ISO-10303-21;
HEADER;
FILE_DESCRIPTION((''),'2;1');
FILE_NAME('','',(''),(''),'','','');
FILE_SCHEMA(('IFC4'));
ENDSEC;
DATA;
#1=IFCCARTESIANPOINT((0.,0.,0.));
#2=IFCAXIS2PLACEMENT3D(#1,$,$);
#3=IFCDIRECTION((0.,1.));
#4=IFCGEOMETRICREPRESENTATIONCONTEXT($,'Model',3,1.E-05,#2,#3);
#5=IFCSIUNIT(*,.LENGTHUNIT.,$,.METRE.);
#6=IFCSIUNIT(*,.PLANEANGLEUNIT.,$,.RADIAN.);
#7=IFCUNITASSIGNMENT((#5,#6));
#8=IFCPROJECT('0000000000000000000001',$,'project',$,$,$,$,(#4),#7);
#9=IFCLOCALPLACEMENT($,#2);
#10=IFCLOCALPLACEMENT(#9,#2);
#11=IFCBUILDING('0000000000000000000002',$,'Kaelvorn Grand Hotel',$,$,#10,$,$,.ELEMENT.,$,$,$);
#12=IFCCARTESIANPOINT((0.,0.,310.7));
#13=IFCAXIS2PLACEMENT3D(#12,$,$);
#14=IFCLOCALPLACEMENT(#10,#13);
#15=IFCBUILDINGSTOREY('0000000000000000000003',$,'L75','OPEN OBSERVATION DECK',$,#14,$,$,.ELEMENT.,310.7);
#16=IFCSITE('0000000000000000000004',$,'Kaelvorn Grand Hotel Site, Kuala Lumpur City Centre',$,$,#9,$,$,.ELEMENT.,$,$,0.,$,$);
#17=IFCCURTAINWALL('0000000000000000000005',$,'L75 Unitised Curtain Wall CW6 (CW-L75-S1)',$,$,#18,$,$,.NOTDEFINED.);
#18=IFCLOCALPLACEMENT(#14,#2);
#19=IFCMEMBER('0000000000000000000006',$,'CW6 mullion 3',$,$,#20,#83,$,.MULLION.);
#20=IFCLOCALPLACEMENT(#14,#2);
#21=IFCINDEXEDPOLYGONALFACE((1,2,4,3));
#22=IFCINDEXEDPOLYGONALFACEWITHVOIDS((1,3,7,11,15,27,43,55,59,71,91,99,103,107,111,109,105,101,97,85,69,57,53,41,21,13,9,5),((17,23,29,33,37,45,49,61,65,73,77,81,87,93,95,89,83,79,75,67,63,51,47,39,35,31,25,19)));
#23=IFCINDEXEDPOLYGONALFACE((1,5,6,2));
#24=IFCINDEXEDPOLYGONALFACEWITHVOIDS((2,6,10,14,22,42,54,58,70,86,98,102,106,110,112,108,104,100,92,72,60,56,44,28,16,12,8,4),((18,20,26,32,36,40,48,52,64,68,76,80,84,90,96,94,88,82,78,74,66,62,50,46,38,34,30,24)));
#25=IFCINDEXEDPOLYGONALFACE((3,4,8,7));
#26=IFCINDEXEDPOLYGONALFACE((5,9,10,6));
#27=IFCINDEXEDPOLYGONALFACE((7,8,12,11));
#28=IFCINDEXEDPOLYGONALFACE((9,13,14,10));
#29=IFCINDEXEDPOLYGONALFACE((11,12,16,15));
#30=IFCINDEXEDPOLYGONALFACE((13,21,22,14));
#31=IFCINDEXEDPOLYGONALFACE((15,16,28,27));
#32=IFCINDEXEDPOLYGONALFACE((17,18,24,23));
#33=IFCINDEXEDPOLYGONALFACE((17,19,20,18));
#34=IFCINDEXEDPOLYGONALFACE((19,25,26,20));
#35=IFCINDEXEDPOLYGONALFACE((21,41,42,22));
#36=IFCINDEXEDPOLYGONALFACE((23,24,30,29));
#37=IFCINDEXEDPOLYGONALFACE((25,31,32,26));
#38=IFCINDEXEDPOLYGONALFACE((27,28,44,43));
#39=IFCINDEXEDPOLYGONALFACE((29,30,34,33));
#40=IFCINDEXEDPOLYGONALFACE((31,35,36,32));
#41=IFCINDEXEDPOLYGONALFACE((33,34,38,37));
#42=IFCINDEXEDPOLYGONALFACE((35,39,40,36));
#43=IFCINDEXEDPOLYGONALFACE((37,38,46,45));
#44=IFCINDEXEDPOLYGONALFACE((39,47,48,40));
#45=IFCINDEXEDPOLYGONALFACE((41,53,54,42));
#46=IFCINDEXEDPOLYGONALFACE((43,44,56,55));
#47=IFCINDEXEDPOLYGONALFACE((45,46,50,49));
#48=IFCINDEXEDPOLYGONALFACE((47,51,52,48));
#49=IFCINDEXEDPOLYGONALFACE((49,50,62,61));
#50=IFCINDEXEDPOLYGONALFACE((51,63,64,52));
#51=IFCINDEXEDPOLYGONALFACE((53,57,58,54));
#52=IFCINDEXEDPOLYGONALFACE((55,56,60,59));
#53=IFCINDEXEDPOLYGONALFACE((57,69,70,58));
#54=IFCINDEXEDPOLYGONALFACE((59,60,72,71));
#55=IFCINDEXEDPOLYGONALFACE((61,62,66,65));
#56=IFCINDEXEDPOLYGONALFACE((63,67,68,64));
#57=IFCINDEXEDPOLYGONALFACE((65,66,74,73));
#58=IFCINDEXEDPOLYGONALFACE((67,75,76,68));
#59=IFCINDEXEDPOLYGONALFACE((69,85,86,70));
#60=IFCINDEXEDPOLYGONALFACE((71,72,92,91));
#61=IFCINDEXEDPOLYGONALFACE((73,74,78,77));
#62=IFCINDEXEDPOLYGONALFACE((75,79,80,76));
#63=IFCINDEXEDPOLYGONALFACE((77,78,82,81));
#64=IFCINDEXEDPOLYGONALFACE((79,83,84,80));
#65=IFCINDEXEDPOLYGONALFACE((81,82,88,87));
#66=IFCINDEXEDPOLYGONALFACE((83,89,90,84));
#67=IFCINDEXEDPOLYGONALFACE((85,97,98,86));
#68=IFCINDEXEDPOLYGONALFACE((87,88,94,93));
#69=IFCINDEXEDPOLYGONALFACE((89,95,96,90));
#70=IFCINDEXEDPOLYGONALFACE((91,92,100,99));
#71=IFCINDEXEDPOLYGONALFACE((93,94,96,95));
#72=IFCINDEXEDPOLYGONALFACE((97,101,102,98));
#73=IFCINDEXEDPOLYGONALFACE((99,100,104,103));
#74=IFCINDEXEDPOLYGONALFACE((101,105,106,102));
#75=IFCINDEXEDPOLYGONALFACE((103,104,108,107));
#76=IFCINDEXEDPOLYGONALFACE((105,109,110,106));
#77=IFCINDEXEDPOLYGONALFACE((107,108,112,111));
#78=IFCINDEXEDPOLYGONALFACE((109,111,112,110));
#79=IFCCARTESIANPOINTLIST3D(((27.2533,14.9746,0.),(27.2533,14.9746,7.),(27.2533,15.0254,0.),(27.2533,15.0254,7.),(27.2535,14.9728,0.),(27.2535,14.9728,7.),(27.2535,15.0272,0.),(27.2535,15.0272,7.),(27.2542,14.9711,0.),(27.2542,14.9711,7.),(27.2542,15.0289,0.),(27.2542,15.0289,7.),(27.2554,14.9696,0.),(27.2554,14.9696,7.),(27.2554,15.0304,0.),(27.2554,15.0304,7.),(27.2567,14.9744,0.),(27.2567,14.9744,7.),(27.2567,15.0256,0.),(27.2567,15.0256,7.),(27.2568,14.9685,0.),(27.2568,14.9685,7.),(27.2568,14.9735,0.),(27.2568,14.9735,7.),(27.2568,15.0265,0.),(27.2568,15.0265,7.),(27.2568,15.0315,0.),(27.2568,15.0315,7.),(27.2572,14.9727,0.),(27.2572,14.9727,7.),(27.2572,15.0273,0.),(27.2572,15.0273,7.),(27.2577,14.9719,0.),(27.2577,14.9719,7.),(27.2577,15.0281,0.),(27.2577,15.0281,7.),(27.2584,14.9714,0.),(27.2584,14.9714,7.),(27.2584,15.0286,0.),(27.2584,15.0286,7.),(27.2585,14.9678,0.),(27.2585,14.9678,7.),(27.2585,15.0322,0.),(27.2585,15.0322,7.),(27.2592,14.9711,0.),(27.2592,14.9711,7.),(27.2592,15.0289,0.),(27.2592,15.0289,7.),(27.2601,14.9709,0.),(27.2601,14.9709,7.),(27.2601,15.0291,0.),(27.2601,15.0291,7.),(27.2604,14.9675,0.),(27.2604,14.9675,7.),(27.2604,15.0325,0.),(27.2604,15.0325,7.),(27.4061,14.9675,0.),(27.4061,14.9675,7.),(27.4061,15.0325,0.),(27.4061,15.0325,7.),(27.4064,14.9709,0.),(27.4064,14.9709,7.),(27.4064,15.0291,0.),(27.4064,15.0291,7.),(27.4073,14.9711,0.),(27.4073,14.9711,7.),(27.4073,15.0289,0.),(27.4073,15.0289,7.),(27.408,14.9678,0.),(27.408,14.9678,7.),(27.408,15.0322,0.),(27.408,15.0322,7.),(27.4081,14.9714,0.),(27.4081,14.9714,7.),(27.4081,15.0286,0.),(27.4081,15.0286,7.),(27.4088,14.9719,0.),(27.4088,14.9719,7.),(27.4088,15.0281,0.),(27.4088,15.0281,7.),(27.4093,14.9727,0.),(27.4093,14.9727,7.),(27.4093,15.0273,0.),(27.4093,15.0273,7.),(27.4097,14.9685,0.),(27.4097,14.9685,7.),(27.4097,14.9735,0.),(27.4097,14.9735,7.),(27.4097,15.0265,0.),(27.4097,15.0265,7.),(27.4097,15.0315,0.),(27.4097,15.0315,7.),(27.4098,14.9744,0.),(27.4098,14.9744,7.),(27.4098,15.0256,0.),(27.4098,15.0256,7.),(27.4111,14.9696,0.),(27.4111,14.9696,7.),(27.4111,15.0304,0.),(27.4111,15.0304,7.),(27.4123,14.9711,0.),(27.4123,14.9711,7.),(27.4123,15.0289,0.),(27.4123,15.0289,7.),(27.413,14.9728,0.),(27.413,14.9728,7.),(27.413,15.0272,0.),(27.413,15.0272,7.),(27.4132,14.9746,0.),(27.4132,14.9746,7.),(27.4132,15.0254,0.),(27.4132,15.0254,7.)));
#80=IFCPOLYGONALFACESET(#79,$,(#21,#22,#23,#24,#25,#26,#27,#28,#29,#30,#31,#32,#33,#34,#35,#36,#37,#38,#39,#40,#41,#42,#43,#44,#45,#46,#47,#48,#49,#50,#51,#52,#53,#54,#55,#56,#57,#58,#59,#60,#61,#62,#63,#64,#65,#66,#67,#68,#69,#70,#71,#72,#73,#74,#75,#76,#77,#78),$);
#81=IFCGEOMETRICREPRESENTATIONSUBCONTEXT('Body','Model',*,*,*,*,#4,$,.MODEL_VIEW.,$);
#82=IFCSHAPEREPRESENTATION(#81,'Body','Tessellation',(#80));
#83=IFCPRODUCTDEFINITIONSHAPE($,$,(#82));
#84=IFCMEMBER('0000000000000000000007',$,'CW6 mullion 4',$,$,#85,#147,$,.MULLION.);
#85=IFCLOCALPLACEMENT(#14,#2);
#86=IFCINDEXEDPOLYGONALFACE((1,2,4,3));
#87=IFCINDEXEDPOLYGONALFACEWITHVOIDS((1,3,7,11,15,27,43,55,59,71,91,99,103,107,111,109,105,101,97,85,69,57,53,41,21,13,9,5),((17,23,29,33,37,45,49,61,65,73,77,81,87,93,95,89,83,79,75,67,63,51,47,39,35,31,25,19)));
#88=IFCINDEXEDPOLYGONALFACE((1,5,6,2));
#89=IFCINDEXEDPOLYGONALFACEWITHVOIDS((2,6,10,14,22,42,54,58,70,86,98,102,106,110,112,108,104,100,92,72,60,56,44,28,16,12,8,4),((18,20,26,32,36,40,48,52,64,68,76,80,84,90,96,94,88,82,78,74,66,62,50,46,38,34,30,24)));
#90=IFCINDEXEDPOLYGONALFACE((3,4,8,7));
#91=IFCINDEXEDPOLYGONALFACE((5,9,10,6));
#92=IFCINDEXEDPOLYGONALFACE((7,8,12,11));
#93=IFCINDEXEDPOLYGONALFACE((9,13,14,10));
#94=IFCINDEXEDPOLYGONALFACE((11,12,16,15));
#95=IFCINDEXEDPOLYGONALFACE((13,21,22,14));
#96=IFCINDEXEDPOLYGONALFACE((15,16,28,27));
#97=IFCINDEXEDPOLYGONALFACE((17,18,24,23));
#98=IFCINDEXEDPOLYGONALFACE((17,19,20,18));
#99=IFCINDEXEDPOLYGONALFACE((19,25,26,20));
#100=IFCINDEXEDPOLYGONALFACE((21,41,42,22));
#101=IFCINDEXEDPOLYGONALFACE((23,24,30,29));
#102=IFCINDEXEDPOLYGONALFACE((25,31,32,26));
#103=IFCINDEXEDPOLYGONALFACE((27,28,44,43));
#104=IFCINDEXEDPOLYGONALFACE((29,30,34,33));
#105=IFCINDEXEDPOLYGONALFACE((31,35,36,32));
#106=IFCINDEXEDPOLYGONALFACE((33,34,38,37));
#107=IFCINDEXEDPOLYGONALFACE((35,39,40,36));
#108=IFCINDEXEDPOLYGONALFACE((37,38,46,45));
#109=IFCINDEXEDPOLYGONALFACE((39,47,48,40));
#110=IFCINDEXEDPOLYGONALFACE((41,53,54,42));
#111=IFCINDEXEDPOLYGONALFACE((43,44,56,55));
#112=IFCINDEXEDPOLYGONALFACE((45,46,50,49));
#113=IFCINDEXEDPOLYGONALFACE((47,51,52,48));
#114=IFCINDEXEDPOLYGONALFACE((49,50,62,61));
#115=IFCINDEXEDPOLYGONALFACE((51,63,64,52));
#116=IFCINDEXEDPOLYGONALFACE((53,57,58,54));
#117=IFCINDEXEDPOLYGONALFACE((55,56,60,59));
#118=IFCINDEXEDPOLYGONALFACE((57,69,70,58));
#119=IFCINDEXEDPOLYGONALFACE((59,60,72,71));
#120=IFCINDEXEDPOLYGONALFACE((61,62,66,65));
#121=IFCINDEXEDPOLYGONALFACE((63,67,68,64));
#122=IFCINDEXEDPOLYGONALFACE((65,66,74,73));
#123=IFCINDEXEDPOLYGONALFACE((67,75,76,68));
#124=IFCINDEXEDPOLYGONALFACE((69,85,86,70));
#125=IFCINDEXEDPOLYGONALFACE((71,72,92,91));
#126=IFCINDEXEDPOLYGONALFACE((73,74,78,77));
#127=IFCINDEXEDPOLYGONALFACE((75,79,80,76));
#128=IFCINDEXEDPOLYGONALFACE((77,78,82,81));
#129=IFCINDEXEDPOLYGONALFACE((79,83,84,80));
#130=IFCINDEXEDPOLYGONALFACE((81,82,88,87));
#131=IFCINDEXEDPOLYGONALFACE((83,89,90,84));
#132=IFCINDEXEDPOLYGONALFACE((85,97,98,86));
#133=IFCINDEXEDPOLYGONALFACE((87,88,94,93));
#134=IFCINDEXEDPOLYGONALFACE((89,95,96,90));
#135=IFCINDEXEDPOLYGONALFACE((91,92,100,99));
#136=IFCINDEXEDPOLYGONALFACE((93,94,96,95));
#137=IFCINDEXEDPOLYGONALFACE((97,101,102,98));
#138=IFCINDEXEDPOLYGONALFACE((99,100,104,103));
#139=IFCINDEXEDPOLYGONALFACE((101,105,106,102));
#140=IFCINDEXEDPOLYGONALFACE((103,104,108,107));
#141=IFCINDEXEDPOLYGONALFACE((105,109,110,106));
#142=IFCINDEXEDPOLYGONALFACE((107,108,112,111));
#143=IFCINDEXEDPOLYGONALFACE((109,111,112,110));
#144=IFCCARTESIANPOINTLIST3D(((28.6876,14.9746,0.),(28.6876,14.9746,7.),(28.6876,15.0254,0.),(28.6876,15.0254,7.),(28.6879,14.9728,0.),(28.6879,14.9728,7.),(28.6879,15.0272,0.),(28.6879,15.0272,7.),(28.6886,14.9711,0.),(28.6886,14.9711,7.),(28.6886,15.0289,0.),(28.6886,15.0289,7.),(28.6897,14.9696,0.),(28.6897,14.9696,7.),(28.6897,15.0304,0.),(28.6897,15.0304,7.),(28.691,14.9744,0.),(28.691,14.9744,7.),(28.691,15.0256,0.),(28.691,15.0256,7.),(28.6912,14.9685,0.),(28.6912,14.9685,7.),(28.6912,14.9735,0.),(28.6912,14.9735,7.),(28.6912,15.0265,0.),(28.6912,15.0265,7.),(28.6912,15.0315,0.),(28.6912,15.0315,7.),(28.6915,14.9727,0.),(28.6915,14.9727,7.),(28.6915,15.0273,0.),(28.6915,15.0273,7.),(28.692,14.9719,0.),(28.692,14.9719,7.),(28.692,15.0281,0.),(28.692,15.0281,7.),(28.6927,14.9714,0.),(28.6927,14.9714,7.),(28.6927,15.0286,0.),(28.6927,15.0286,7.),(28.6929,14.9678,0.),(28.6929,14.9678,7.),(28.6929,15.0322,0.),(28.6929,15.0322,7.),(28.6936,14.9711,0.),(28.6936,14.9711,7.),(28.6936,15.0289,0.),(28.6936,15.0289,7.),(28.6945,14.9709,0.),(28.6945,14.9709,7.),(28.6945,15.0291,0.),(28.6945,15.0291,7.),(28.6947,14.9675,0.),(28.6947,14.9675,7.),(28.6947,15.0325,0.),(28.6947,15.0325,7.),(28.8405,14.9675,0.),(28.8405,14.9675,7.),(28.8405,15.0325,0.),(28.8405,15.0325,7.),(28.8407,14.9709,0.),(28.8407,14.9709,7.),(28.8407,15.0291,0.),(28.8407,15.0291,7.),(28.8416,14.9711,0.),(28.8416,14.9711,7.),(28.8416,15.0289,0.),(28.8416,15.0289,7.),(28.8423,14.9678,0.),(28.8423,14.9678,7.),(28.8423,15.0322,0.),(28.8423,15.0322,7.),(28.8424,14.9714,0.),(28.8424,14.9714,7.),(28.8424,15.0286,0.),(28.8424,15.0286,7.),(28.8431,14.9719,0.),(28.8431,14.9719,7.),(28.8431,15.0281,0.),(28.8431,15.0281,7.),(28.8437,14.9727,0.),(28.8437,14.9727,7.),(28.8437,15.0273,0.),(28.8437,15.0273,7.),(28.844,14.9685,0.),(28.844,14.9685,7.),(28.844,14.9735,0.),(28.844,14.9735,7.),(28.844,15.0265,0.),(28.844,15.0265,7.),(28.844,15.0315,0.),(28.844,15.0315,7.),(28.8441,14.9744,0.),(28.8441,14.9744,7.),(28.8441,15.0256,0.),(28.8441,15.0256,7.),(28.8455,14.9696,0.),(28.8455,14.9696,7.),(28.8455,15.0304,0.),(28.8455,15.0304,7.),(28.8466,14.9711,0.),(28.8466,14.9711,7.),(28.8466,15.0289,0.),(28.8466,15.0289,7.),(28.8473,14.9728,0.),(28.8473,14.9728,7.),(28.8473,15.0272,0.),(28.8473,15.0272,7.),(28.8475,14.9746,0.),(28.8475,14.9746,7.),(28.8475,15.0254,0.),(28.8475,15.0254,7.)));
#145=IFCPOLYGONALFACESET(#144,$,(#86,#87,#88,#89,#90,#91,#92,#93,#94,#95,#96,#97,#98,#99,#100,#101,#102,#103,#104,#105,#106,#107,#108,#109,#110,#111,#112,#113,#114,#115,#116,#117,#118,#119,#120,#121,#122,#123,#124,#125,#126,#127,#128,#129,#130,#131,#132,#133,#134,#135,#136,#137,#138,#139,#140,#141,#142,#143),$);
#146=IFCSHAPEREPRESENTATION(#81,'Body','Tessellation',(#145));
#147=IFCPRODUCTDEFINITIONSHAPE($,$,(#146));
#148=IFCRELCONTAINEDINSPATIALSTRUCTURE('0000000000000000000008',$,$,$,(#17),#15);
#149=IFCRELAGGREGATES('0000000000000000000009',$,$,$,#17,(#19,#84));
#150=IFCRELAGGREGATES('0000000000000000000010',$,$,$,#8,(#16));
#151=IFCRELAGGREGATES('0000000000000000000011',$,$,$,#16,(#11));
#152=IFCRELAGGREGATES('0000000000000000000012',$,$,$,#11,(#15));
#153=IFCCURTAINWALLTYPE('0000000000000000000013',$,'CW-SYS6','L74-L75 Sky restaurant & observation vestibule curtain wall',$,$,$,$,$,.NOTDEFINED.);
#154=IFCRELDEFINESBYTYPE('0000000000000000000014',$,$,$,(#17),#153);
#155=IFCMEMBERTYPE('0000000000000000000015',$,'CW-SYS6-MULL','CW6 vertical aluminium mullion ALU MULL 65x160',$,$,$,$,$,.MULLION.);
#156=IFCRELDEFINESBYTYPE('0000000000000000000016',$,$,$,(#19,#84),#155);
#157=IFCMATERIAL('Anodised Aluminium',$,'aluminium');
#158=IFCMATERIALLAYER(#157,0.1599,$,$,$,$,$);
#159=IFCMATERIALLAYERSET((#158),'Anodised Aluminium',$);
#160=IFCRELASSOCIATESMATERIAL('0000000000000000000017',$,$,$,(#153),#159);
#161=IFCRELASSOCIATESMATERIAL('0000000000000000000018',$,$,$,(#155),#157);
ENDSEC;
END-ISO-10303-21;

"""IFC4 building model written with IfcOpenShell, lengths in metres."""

from ifc_helpers import new_model, si_unit, direction, frame, origin, origin_2d, place, context, subcontext, project, spatial, hollow_rectangle, extrude, material, layer, layer_set, material_profile, profile_set, type_object, element, aggregate, save


model = new_model("IFC4")

# Units and contexts
model_context = context("Model", 3, precision=1e-05, world=origin(), true_north=direction((0.0, 1.0)))
body_context = subcontext(model_context, "Body", "Model", "MODEL_VIEW")
ifc_project = project(units=[si_unit("LENGTHUNIT", "METRE"), si_unit("PLANEANGLEUNIT", "RADIAN")], contexts=[model_context])

# Site, building, storey
site_placement = place(None, origin())
site = spatial("IfcSite", under=ifc_project, at=site_placement, Name="Kaelvorn Grand Hotel Site, Kuala Lumpur City Centre", CompositionType="ELEMENT", RefElevation=0.0)
building_placement = place(site_placement, origin())
building = spatial("IfcBuilding", under=site, at=building_placement, Name="Kaelvorn Grand Hotel", CompositionType="ELEMENT")
storey_placement = place(building_placement, frame((0.0, 0.0, 310.7)))
storey = spatial("IfcBuildingStorey", under=building, at=storey_placement, Name="L75", Description="OPEN OBSERVATION DECK", CompositionType="ELEMENT", Elevation=310.7)

# Curtain wall, members
ifc_material_1 = material(Name="Anodised Aluminium", Category="aluminium")
ifc_layer_1 = layer(ifc_material_1, 0.1599)
ifc_layer_set_1 = layer_set([ifc_layer_1], Name="Anodised Aluminium")
curtain_wall_type = type_object("IfcCurtainWallType", Name="CW-SYS6", Description="L74-L75 Sky restaurant & observation vestibule curtain wall", PredefinedType="NOTDEFINED", material=ifc_layer_set_1)
curtain_wall_1_placement = place(storey_placement, origin())
curtain_wall_1 = element("IfcCurtainWall", 1, at=curtain_wall_1_placement, inside=storey, type_object=curtain_wall_type, Name="L75 Unitised Curtain Wall CW6 (CW-L75-S1)", PredefinedType="NOTDEFINED")
ifc_material_profile_1 = material_profile(ifc_material_1, hollow_rectangle(XDim=0.0649, YDim=0.1599, WallThickness=0.0034, InnerFilletRadius=0.0034, OuterFilletRadius=0.0071, at=origin_2d()), Name="ALU MULL 65x160")
ifc_profile_set_1 = profile_set([ifc_material_profile_1], Name="Anodised Aluminium")
member_type_1 = type_object("IfcMemberType", Name="CW-SYS6-MULL", Description="CW6 vertical aluminium mullion ALU MULL 65x160", PredefinedType="MULLION", material=ifc_profile_set_1)
member_1_placement = place(storey_placement, frame((27.3333, 15.0, 0.0), z_axis=(0.0, 0.0, 1.0), x_axis=(0.0, 1.0, 0.0)))
member_1 = element("IfcMember", 2, at=member_1_placement, type_object=member_type_1, Name="CW6 mullion 3", PredefinedType="MULLION", context=body_context, shape_type="SweptSolid", body=[
    extrude(hollow_rectangle(XDim=0.0649, YDim=0.1599, WallThickness=0.0034, InnerFilletRadius=0.0034, OuterFilletRadius=0.0071, at=origin_2d()), origin(), (0.0, 0.0, 1.0), 7.0),
])
member_2_placement = place(storey_placement, frame((28.7676, 15.0, 0.0), z_axis=(0.0, 0.0, 1.0), x_axis=(0.0, 1.0, 0.0)))
member_2 = element("IfcMember", 3, at=member_2_placement, type_object=member_type_1, Name="CW6 mullion 4", PredefinedType="MULLION", context=body_context, shape_type="SweptSolid", body=[
    extrude(hollow_rectangle(XDim=0.0649, YDim=0.1599, WallThickness=0.0034, InnerFilletRadius=0.0034, OuterFilletRadius=0.0071, at=origin_2d()), origin(), (0.0, 0.0, 1.0), 7.0),
])

aggregate(curtain_wall_1, [member_1, member_2])

save(model, "model.ifc")
